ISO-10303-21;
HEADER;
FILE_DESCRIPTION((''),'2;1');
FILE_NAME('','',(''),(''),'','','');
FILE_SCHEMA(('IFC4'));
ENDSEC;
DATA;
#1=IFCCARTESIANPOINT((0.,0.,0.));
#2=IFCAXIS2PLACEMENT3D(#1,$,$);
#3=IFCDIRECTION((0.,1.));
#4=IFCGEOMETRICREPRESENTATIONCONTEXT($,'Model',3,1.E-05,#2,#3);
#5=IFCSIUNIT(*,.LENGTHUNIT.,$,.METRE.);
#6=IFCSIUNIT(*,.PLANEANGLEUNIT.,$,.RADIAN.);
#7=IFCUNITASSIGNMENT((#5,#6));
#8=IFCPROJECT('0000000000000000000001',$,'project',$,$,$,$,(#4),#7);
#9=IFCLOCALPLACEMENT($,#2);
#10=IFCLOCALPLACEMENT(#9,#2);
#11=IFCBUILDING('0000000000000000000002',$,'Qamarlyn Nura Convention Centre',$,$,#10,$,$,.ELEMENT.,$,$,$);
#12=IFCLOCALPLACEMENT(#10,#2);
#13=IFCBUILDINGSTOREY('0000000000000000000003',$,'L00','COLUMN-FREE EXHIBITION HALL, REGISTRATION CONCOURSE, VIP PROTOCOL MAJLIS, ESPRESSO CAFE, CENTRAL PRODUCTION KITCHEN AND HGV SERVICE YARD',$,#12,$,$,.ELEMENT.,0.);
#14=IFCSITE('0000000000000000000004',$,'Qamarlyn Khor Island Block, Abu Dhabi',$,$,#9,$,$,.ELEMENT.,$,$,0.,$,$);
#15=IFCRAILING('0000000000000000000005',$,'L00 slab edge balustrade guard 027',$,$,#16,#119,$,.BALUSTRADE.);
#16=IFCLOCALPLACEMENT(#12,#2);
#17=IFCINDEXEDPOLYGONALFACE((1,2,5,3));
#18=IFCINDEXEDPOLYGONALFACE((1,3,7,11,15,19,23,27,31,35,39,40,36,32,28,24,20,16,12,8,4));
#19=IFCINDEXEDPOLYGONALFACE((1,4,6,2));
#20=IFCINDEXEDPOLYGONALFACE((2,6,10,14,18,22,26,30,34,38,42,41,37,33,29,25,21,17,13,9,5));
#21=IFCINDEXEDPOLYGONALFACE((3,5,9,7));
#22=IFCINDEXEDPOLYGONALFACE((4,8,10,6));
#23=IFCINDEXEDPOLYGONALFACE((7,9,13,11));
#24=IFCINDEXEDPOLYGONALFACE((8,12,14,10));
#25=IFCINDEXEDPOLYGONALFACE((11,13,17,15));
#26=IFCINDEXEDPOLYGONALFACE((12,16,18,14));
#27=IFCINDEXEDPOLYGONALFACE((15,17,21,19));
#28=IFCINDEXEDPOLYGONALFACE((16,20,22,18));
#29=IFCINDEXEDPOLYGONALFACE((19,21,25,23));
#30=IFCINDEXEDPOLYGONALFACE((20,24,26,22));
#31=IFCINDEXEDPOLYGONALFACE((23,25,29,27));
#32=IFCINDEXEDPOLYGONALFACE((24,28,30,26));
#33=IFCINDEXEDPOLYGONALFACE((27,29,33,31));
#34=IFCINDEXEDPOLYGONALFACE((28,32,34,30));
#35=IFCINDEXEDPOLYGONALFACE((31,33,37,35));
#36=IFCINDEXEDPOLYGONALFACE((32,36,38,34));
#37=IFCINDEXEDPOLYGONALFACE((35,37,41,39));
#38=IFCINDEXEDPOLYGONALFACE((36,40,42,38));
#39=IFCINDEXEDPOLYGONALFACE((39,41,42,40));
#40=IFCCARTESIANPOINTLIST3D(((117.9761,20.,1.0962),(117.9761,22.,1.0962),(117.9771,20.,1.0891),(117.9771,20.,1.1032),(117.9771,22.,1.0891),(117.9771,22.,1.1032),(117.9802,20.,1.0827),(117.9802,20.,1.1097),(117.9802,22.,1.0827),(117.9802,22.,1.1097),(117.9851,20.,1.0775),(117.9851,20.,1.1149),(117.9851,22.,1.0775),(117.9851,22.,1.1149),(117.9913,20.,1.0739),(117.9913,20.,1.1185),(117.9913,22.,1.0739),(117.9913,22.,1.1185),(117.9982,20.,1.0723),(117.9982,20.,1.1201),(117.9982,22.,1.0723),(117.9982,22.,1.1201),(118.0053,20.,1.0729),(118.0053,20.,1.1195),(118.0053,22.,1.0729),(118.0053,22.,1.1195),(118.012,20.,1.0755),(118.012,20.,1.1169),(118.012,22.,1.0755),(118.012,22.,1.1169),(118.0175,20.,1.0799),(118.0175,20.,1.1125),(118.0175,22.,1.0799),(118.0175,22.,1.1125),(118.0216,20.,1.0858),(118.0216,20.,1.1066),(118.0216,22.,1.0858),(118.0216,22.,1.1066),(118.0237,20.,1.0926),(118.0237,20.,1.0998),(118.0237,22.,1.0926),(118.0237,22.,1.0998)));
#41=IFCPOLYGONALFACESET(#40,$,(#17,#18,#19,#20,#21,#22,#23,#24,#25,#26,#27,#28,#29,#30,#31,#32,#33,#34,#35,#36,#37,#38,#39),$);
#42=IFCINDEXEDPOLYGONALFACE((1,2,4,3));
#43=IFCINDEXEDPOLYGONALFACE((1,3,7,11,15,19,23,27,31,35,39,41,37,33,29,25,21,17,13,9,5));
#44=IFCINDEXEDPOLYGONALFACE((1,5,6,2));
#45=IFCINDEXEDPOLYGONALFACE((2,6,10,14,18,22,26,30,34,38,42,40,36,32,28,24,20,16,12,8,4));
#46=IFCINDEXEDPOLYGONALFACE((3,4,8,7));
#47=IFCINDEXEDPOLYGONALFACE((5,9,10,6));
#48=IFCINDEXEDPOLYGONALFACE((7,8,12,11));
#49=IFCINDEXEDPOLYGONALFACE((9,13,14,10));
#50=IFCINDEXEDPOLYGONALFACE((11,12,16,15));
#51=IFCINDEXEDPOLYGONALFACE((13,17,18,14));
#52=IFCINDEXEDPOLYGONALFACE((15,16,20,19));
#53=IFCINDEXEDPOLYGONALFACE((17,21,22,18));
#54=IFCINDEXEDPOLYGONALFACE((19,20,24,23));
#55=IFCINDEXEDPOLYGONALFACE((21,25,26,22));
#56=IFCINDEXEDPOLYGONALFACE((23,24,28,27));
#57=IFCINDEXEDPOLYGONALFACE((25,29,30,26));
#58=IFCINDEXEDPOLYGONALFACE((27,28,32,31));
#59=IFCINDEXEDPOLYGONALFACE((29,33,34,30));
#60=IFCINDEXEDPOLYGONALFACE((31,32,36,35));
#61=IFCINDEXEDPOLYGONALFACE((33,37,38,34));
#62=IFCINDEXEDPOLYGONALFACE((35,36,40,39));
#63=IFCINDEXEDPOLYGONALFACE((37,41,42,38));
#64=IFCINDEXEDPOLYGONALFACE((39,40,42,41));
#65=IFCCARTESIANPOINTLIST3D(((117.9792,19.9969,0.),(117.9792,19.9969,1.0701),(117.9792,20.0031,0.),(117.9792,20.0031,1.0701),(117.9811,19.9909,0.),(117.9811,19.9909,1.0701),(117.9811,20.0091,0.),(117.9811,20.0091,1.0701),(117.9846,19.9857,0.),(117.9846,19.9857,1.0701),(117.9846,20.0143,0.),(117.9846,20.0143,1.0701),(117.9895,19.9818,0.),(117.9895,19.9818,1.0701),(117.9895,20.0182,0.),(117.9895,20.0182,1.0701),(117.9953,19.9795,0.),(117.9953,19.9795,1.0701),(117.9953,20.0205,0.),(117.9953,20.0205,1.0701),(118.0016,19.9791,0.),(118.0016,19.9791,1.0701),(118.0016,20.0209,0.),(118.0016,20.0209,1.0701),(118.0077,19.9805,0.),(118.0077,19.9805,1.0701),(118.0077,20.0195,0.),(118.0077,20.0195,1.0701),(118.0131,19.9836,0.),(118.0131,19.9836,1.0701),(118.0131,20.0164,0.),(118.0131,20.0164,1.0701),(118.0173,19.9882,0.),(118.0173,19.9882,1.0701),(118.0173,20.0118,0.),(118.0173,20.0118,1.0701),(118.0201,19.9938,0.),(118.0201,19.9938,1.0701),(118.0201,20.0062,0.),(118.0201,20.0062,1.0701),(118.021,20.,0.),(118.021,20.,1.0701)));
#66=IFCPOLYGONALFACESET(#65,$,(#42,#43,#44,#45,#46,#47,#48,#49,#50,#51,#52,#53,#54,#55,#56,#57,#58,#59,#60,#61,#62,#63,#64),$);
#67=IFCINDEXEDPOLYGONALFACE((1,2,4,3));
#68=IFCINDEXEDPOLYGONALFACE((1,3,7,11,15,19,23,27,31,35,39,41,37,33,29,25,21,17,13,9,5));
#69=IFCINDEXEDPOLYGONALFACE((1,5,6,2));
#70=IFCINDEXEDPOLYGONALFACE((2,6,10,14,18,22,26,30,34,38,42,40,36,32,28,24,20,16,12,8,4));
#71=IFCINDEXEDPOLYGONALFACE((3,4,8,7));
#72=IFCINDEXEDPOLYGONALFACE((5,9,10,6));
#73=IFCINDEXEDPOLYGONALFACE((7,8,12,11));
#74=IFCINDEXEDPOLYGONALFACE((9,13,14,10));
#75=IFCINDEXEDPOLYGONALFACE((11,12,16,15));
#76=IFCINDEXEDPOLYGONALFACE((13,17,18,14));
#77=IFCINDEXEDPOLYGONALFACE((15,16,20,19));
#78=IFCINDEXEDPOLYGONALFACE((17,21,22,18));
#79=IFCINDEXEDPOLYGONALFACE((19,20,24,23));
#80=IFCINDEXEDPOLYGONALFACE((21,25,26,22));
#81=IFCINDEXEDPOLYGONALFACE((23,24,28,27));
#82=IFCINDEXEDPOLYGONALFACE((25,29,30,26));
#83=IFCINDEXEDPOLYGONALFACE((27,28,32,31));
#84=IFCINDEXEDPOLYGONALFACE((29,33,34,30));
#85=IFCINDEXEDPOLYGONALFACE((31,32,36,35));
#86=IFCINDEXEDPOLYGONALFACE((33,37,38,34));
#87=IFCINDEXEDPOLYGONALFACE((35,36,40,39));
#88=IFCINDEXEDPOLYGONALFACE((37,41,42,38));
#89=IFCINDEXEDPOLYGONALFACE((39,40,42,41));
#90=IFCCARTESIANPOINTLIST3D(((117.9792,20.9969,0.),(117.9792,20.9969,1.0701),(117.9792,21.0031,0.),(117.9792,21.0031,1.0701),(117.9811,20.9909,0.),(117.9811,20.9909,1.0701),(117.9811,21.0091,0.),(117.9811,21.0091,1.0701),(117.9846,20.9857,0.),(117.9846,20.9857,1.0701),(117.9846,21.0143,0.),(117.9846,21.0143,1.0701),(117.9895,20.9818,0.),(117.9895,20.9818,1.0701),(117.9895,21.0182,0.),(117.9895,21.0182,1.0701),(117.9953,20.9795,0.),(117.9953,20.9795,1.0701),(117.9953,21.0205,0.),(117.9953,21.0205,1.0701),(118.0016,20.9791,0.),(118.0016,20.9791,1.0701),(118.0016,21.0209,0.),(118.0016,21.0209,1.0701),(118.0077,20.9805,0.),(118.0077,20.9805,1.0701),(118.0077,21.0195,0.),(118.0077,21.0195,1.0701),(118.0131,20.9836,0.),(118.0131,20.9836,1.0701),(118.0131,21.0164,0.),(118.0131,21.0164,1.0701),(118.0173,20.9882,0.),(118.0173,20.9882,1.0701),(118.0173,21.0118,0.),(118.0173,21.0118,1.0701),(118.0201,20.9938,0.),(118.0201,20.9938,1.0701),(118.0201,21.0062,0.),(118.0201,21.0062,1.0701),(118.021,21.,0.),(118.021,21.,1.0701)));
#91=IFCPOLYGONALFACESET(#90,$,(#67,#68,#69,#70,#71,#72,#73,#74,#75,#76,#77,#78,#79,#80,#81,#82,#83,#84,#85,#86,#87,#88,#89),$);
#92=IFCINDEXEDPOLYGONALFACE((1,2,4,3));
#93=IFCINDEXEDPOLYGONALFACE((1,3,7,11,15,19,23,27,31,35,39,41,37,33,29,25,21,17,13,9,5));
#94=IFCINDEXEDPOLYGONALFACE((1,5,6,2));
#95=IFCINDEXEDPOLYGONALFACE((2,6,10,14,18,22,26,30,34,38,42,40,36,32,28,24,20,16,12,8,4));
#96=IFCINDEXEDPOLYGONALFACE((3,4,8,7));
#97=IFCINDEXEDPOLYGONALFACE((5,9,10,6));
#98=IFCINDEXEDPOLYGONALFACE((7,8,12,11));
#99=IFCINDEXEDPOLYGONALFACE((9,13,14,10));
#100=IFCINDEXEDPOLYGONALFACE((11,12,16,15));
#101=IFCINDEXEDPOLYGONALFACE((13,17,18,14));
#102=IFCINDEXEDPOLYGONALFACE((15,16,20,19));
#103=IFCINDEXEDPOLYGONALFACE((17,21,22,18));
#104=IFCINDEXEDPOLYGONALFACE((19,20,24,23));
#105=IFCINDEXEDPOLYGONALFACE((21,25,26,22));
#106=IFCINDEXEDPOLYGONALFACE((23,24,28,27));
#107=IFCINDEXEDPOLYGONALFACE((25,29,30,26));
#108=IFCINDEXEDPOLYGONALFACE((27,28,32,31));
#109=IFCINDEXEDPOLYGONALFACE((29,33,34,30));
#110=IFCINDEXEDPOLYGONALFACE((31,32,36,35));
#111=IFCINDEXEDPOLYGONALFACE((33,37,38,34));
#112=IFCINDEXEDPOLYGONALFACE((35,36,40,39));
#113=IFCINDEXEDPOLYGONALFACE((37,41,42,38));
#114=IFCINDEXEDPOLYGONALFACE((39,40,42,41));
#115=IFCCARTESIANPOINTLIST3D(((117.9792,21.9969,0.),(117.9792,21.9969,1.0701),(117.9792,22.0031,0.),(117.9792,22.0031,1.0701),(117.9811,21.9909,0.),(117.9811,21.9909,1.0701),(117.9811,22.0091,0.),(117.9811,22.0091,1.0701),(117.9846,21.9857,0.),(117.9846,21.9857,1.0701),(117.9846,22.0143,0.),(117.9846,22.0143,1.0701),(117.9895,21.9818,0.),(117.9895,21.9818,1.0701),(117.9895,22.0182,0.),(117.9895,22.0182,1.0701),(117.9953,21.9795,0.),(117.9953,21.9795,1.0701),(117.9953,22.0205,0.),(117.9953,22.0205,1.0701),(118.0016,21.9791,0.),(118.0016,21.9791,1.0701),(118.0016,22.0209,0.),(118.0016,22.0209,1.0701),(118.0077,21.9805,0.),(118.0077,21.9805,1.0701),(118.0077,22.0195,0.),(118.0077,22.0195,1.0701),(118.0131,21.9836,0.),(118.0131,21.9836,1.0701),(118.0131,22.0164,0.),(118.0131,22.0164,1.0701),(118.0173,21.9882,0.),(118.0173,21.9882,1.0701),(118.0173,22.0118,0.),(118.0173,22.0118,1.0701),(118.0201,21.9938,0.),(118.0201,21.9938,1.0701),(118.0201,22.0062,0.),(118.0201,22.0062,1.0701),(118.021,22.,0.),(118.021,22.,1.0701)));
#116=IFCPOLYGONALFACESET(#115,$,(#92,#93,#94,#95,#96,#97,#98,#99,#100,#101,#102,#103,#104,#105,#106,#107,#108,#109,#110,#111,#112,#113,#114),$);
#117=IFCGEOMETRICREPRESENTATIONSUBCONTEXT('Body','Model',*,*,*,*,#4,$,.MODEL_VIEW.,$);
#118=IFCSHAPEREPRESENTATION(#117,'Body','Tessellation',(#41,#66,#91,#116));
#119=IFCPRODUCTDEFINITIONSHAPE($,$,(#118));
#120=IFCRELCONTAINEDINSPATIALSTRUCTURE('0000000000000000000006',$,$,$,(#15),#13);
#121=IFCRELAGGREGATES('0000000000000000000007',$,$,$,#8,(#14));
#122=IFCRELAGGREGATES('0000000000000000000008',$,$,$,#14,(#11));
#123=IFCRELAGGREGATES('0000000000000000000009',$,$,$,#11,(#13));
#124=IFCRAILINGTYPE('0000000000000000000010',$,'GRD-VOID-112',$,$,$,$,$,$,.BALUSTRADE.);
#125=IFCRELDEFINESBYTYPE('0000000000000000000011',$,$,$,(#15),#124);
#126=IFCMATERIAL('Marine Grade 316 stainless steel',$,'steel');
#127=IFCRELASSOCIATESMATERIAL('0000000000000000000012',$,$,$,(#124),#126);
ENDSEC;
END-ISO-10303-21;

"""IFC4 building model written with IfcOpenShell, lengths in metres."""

from ifc_helpers import new_model, si_unit, direction, frame, origin, origin_2d, place, context, subcontext, project, spatial, circle, extrude, material, type_object, element, save


model = new_model("IFC4")

# Units and contexts
model_context = context("Model", 3, precision=1e-05, world=origin(), true_north=direction((0.0, 1.0)))
body_context = subcontext(model_context, "Body", "Model", "MODEL_VIEW")
ifc_project = project(units=[si_unit("LENGTHUNIT", "METRE"), si_unit("PLANEANGLEUNIT", "RADIAN")], contexts=[model_context])

# Site, building, storey
site_placement = place(None, origin())
site = spatial("IfcSite", under=ifc_project, at=site_placement, Name="Qamarlyn Khor Island Block, Abu Dhabi", CompositionType="ELEMENT", RefElevation=0.0)
building_placement = place(site_placement, origin())
building = spatial("IfcBuilding", under=site, at=building_placement, Name="Qamarlyn Nura Convention Centre", CompositionType="ELEMENT")
storey_placement = place(building_placement, origin())
storey = spatial("IfcBuildingStorey", under=building, at=storey_placement, Name="L00", Description="COLUMN-FREE EXHIBITION HALL, REGISTRATION CONCOURSE, VIP PROTOCOL MAJLIS, ESPRESSO CAFE, CENTRAL PRODUCTION KITCHEN AND HGV SERVICE YARD", CompositionType="ELEMENT", Elevation=0.0)

# Railing
ifc_material_1 = material(Name="Marine Grade 316 stainless steel", Category="steel")
railing_type_1 = type_object("IfcRailingType", Name="GRD-VOID-112", PredefinedType="BALUSTRADE", material=ifc_material_1)
railing_1_placement = place(storey_placement, frame((118.0, 20.0, 0.0)))
element("IfcRailing", 1, at=railing_1_placement, inside=storey, type_object=railing_type_1, Name="L00 slab edge balustrade guard 027", PredefinedType="BALUSTRADE", context=body_context, shape_type="SweptSolid", body=[
    extrude(circle(Radius=0.0239, at=origin_2d()), frame((0.0, 0.0, 1.0962), z_axis=(0.0, 1.0, 0.0), x_axis=(-1.0, 0.0, 0.0)), (0.0, 0.0, 1.0), 2.0),
    extrude(circle(Radius=0.021, at=origin_2d()), origin(), (0.0, 0.0, 1.0), 1.0701),
    extrude(circle(Radius=0.021, at=origin_2d()), frame((0.0, 1.0, 0.0)), (0.0, 0.0, 1.0), 1.0701),
    extrude(circle(Radius=0.021, at=origin_2d()), frame((0.0, 2.0, 0.0)), (0.0, 0.0, 1.0), 1.0701),
])

save(model, "model.ifc")
